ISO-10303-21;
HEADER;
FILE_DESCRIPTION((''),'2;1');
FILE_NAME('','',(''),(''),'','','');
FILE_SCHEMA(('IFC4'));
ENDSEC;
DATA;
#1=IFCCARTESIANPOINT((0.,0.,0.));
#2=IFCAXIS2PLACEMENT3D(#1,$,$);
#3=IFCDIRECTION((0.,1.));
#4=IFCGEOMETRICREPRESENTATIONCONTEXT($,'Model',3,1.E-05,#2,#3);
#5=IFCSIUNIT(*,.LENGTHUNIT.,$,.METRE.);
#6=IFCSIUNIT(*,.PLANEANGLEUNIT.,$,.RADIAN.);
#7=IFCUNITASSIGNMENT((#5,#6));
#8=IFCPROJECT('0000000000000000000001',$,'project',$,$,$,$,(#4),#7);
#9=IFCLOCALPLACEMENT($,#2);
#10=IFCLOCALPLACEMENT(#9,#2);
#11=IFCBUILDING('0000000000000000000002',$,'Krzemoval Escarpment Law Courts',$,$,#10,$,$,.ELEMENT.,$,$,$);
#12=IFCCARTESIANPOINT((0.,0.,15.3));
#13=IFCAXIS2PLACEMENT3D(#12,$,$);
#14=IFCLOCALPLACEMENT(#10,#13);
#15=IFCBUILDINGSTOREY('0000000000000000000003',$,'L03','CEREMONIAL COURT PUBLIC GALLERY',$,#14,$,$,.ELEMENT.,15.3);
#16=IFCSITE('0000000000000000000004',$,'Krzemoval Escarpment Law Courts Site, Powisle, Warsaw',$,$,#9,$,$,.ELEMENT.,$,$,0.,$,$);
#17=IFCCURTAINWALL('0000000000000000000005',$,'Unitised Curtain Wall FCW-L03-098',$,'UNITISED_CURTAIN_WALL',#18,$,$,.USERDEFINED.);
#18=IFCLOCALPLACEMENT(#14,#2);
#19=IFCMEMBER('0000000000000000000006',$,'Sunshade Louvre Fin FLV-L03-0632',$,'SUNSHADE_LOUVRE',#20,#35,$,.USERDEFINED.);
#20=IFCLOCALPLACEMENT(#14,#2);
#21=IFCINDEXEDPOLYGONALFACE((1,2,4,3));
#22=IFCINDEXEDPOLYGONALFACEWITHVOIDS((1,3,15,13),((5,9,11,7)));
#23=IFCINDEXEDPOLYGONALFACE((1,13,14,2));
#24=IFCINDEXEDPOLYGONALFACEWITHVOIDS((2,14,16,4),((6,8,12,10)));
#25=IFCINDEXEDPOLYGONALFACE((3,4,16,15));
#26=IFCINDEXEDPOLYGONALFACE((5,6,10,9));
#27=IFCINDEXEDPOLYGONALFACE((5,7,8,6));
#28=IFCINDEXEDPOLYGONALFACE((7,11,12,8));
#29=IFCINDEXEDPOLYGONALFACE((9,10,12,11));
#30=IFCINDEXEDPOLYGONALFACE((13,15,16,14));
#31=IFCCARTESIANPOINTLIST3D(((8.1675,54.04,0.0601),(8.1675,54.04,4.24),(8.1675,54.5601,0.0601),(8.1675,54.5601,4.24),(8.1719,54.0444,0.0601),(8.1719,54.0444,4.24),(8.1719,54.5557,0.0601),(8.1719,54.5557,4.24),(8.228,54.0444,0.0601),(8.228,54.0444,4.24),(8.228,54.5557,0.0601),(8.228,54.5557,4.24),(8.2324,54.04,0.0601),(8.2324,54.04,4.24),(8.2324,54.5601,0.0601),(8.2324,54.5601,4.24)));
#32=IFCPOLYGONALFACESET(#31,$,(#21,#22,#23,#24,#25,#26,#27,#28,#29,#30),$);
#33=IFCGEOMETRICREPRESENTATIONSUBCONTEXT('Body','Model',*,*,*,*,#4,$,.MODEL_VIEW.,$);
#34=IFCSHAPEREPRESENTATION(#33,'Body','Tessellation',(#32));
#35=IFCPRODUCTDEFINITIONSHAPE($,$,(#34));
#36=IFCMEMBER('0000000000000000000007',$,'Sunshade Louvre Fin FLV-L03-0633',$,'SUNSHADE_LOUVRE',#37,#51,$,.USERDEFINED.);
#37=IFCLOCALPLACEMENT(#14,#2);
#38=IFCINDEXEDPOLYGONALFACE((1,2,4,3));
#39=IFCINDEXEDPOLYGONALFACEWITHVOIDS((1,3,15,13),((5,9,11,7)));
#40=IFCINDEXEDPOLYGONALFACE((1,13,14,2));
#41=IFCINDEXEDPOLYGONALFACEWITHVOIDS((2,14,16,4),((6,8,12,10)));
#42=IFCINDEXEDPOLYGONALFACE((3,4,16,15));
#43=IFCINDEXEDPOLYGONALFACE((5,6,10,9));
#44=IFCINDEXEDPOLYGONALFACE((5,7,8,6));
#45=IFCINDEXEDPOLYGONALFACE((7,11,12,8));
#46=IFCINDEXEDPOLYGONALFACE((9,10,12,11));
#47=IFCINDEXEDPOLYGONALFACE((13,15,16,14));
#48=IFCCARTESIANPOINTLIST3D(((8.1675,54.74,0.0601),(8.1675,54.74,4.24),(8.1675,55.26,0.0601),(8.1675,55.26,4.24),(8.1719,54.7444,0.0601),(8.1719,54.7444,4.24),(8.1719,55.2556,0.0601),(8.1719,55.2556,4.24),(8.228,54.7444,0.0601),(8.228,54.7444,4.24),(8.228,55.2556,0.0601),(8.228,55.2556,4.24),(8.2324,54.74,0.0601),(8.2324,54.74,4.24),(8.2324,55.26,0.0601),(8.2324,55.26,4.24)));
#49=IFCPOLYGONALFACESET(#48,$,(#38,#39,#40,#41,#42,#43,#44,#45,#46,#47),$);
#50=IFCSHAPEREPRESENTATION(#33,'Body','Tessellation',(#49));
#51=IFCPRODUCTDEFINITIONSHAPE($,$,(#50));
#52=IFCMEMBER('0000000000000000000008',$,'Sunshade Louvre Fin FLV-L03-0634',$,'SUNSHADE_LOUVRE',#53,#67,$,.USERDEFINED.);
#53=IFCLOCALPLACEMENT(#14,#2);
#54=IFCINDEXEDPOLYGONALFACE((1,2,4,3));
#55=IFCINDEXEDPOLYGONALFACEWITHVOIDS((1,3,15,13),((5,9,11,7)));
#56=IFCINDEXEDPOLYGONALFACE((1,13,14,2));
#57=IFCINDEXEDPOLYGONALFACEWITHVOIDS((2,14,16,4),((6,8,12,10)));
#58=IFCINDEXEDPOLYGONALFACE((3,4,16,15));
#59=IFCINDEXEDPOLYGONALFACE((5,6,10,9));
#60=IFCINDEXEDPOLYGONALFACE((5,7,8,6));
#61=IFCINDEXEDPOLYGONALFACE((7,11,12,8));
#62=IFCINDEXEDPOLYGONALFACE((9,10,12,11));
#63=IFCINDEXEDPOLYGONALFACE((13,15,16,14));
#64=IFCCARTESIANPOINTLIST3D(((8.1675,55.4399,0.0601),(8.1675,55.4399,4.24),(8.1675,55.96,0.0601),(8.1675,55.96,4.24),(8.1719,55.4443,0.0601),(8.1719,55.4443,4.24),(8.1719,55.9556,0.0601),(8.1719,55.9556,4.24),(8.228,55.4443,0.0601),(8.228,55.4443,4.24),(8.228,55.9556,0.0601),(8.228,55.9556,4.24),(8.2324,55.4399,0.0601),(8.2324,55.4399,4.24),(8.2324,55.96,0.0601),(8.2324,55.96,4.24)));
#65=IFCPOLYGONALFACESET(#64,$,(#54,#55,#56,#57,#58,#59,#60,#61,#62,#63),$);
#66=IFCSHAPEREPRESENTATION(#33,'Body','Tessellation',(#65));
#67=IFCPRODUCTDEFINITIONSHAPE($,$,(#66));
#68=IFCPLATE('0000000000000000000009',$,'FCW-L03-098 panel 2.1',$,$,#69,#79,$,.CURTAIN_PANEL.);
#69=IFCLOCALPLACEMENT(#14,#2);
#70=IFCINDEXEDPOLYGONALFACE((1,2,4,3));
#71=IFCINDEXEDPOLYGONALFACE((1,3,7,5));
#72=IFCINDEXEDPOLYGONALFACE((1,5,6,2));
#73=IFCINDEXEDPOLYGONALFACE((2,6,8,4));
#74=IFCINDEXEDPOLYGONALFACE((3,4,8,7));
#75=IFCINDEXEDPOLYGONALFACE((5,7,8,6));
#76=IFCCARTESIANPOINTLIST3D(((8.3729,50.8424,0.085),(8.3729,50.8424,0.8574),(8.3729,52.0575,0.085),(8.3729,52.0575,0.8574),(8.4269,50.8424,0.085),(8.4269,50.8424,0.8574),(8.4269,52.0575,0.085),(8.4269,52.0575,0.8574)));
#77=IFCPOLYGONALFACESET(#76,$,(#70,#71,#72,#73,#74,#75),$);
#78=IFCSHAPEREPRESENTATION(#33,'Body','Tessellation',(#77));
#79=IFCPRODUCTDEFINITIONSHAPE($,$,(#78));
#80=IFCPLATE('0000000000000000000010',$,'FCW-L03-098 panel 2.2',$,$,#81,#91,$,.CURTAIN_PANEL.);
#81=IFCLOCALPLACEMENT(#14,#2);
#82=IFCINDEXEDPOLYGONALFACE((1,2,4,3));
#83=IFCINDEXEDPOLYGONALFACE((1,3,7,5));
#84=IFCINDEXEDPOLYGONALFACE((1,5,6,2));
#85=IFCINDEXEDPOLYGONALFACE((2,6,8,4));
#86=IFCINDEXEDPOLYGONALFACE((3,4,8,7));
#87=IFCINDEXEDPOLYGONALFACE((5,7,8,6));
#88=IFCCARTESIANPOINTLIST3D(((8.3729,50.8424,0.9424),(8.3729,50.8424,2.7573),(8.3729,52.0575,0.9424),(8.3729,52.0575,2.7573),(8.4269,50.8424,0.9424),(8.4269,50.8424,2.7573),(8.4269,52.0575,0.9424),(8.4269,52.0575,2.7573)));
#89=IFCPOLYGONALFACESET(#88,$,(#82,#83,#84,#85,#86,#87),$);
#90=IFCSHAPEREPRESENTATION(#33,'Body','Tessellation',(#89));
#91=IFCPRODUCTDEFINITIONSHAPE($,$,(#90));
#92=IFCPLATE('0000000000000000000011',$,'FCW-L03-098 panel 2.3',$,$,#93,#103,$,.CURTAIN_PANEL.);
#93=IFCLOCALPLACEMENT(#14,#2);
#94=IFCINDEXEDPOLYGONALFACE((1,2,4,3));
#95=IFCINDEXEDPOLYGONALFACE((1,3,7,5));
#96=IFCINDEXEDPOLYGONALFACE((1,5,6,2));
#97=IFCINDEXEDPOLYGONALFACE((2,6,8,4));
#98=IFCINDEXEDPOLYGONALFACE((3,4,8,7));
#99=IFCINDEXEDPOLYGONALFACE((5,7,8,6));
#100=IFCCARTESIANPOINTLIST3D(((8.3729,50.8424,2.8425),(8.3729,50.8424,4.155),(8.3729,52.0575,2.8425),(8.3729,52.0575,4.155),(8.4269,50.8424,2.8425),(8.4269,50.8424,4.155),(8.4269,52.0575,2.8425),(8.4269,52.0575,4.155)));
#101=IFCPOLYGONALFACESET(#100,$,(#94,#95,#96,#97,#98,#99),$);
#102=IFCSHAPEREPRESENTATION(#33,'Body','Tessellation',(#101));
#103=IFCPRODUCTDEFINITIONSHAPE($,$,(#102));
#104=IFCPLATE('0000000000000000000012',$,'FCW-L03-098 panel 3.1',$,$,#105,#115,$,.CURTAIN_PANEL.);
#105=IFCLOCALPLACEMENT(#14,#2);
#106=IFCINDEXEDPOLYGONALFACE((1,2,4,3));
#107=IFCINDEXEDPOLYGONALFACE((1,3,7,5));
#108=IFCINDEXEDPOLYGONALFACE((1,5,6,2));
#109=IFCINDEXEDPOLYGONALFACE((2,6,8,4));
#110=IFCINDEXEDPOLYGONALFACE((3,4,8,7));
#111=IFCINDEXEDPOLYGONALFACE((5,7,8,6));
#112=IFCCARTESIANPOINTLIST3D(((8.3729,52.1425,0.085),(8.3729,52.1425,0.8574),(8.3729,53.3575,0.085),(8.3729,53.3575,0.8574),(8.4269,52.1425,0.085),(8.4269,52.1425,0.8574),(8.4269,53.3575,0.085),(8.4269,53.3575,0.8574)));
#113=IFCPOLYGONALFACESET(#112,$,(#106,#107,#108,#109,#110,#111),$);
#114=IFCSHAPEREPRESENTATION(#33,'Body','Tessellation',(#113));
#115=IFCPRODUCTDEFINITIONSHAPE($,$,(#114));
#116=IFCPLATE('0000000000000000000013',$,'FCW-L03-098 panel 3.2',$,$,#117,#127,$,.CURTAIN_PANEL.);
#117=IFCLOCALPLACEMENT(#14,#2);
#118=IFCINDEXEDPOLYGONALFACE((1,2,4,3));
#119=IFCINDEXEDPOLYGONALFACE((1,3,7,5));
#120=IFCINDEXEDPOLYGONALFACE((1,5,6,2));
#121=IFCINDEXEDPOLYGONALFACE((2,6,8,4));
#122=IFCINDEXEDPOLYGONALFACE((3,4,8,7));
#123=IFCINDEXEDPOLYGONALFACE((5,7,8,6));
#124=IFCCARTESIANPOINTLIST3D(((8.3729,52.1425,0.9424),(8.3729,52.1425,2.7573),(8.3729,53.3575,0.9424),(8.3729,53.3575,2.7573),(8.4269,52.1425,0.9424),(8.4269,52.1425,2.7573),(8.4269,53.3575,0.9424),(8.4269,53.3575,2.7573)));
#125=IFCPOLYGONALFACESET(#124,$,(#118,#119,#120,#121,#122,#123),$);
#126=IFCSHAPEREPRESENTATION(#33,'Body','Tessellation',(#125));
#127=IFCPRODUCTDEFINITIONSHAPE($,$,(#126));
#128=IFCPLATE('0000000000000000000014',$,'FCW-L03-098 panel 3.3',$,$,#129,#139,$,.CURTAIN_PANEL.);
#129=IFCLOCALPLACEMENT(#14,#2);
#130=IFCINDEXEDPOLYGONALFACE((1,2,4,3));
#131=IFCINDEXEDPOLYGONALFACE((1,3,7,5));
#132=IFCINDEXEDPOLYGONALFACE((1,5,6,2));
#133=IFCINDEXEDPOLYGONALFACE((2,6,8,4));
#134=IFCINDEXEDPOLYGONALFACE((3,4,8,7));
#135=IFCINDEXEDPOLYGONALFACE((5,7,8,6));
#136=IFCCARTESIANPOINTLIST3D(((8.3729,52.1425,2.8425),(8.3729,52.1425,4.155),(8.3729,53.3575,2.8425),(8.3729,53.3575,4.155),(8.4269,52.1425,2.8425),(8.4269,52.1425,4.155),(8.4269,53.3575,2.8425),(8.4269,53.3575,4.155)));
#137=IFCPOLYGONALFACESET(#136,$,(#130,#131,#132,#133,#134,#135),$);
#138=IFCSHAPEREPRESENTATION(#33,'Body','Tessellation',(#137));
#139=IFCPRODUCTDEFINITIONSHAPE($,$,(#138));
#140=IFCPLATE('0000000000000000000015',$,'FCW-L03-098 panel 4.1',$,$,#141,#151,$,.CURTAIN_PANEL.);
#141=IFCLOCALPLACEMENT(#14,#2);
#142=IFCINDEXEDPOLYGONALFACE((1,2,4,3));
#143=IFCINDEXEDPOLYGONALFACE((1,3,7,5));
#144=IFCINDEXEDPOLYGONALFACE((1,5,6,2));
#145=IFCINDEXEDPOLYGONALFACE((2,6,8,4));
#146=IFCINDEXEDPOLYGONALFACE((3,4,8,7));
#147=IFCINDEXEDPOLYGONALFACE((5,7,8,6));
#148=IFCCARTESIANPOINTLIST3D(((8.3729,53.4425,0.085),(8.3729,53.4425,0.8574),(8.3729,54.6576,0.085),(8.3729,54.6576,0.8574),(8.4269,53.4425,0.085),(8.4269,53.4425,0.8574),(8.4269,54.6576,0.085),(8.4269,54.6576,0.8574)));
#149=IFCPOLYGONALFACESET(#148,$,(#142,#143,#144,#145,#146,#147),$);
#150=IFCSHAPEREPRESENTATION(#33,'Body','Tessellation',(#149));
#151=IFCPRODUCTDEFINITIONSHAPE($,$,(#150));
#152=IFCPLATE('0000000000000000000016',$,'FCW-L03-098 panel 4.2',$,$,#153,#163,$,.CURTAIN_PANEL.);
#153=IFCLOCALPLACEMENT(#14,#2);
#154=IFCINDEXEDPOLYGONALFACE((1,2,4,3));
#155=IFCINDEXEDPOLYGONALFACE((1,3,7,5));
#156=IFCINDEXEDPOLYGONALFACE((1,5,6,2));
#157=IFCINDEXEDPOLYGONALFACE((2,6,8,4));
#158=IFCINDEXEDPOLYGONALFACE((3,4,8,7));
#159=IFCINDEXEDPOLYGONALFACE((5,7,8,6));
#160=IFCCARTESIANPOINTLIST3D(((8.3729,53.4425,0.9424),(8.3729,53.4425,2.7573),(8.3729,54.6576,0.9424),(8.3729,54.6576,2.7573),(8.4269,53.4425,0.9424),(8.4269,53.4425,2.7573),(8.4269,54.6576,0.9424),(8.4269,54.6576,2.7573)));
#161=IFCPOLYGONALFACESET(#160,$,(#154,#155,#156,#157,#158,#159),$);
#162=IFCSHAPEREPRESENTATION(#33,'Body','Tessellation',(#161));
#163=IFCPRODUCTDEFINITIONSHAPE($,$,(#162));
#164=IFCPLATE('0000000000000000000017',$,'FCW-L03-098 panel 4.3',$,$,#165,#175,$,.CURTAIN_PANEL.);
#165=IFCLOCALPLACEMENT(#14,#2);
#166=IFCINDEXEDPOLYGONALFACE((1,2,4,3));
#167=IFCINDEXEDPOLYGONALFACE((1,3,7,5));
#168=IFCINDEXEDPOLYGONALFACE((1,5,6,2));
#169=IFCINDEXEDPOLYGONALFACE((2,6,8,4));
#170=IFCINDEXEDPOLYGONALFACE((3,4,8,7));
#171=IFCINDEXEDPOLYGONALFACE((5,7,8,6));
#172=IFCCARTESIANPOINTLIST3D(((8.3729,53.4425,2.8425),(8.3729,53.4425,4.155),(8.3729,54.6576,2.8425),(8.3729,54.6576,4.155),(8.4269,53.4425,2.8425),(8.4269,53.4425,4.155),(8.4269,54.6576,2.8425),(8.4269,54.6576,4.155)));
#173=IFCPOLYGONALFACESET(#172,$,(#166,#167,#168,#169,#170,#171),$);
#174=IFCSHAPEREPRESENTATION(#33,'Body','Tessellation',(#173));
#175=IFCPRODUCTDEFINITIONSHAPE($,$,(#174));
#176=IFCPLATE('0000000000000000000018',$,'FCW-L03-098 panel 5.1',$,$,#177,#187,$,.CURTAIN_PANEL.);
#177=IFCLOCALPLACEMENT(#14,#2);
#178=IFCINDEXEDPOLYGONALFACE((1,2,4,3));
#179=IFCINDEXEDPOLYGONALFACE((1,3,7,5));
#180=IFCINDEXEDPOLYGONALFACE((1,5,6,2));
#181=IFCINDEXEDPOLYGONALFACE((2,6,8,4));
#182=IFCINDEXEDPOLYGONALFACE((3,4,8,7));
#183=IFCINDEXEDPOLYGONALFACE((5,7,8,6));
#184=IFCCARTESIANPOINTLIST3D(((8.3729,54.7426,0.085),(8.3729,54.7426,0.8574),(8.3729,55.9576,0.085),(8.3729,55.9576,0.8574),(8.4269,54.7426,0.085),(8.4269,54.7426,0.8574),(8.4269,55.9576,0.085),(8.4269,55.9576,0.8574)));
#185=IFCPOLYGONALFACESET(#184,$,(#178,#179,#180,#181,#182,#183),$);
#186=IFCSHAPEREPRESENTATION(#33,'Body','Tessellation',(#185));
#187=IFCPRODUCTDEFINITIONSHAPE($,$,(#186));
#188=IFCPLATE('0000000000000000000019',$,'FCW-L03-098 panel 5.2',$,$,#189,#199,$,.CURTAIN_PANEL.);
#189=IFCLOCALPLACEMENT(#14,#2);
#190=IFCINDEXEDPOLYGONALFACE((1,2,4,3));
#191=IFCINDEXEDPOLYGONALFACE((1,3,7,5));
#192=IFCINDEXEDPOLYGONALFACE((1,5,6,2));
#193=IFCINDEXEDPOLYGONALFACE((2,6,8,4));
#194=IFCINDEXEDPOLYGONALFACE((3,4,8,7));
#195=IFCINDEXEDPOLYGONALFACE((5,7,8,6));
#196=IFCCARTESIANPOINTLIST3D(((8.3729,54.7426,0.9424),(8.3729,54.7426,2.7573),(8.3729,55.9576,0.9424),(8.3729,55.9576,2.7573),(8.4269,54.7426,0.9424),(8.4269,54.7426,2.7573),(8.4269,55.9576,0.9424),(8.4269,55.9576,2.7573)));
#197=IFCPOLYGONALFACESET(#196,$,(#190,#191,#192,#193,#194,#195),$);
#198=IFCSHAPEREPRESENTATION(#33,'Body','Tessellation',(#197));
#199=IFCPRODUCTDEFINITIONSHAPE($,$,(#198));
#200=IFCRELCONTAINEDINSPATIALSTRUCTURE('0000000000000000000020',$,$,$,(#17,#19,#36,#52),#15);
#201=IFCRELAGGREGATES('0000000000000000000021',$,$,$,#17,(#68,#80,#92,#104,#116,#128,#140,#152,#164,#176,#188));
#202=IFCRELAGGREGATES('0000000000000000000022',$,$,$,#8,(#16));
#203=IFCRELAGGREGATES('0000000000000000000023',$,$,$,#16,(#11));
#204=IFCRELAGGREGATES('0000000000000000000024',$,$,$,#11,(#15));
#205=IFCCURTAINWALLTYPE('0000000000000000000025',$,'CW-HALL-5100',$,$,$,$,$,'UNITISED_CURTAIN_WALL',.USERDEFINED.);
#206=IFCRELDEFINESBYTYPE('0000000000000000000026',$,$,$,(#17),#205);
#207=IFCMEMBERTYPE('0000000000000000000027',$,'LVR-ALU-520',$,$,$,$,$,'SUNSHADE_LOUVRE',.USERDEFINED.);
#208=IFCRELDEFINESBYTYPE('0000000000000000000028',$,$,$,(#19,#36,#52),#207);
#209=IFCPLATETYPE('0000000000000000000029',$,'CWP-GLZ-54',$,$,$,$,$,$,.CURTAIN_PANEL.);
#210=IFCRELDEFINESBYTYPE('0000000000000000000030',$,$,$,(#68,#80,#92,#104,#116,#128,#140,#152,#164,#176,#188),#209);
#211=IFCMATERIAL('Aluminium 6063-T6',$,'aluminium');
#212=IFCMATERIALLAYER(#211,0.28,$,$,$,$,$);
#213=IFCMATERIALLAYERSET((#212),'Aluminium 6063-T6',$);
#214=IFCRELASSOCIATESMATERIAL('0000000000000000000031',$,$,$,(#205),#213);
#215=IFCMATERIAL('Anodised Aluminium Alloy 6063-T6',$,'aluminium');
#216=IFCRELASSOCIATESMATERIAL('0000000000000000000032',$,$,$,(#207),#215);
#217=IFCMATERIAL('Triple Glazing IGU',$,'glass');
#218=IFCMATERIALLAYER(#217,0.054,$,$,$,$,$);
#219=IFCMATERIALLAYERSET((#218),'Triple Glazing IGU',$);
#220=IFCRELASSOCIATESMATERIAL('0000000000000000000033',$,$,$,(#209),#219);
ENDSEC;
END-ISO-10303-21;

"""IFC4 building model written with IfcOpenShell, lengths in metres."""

from ifc_helpers import new_model, si_unit, direction, frame, origin, origin_2d, place, context, subcontext, project, spatial, rectangle, hollow_rectangle, extrude, material, layer, layer_set, material_profile, profile_set, type_object, element, aggregate, save


model = new_model("IFC4")

# Units and contexts
model_context = context("Model", 3, precision=1e-05, world=origin(), true_north=direction((0.0, 1.0)))
body_context = subcontext(model_context, "Body", "Model", "MODEL_VIEW")
ifc_project = project(units=[si_unit("LENGTHUNIT", "METRE"), si_unit("PLANEANGLEUNIT", "RADIAN")], contexts=[model_context])

# Site, building, storey
site_placement = place(None, origin())
site = spatial("IfcSite", under=ifc_project, at=site_placement, Name="Krzemoval Escarpment Law Courts Site, Powisle, Warsaw", CompositionType="ELEMENT", RefElevation=0.0)
building_placement = place(site_placement, origin())
building = spatial("IfcBuilding", under=site, at=building_placement, Name="Krzemoval Escarpment Law Courts", CompositionType="ELEMENT")
storey_placement = place(building_placement, frame((0.0, 0.0, 15.3)))
storey = spatial("IfcBuildingStorey", under=building, at=storey_placement, Name="L03", Description="CEREMONIAL COURT PUBLIC GALLERY", CompositionType="ELEMENT", Elevation=15.3)

# Curtain wall
ifc_material_1 = material(Name="Aluminium 6063-T6", Category="aluminium")
ifc_layer_1 = layer(ifc_material_1, 0.28)
ifc_layer_set_1 = layer_set([ifc_layer_1], Name="Aluminium 6063-T6")
curtain_wall_type = type_object("IfcCurtainWallType", Name="CW-HALL-5100", ElementType="UNITISED_CURTAIN_WALL", PredefinedType="USERDEFINED", material=ifc_layer_set_1)
curtain_wall_placement = place(storey_placement, origin())
curtain_wall = element("IfcCurtainWall", 1, at=curtain_wall_placement, inside=storey, type_object=curtain_wall_type, Name="Unitised Curtain Wall FCW-L03-098", ObjectType="UNITISED_CURTAIN_WALL", PredefinedType="USERDEFINED")

# Members
ifc_material_2 = material(Name="Anodised Aluminium Alloy 6063-T6", Category="aluminium")
ifc_material_profile_1 = material_profile(ifc_material_2, hollow_rectangle(XDim=0.0649, YDim=0.52, WallThickness=0.0044, at=origin_2d()), Name="ALU LVR 65x520")
ifc_profile_set_1 = profile_set([ifc_material_profile_1], Name="Anodised Aluminium Alloy 6063-T6")
member_type_1 = type_object("IfcMemberType", Name="LVR-ALU-520", ElementType="SUNSHADE_LOUVRE", PredefinedType="USERDEFINED", material=ifc_profile_set_1)
for number, where, z_axis, x_axis, name in (
    (2, (8.2, 54.3, 0.0601), (0.0, 0.0, 1.0), (1.0, 0.0, 0.0), "Sunshade Louvre Fin FLV-L03-0632"),
    (3, (8.2, 55.0, 0.0601), (0.0, 0.0, 1.0), (1.0, 0.0, 0.0), "Sunshade Louvre Fin FLV-L03-0633"),
    (4, (8.2, 55.7, 0.0601), (0.0, 0.0, 1.0), (1.0, 0.0, 0.0), "Sunshade Louvre Fin FLV-L03-0634"),
):
    element("IfcMember", number, at=place(storey_placement, frame(where, z_axis=z_axis, x_axis=x_axis)), inside=storey, type_object=member_type_1, Name=name, ObjectType="SUNSHADE_LOUVRE", PredefinedType="USERDEFINED", context=body_context, shape_type="SweptSolid", body=[
        extrude(hollow_rectangle(XDim=0.0649, YDim=0.52, WallThickness=0.0044, at=origin_2d()), origin(), (0.0, 0.0, 1.0), 4.1799),
    ])

# Plates
ifc_material_3 = material(Name="Triple Glazing IGU", Category="glass")
ifc_layer_2 = layer(ifc_material_3, 0.054)
ifc_layer_set_2 = layer_set([ifc_layer_2], Name="Triple Glazing IGU")
plate_type = type_object("IfcPlateType", Name="CWP-GLZ-54", PredefinedType="CURTAIN_PANEL", material=ifc_layer_set_2)
plate_1_placement = place(storey_placement, frame((8.3999, 51.45, 0.085), z_axis=(0.0, 0.0, 1.0), x_axis=(0.0, 1.0, 0.0)))
plate_1 = element("IfcPlate", 5, at=plate_1_placement, type_object=plate_type, Name="FCW-L03-098 panel 2.1", PredefinedType="CURTAIN_PANEL", context=body_context, shape_type="SweptSolid", body=[
    extrude(rectangle(XDim=1.2151, YDim=0.054, at=origin_2d()), origin(), (0.0, 0.0, 1.0), 0.7725),
])
plate_2_placement = place(storey_placement, frame((8.3999, 51.45, 0.9424), z_axis=(0.0, 0.0, 1.0), x_axis=(0.0, 1.0, 0.0)))
plate_2 = element("IfcPlate", 6, at=plate_2_placement, type_object=plate_type, Name="FCW-L03-098 panel 2.2", PredefinedType="CURTAIN_PANEL", context=body_context, shape_type="SweptSolid", body=[
    extrude(rectangle(XDim=1.2151, YDim=0.054, at=origin_2d()), origin(), (0.0, 0.0, 1.0), 1.8149),
])
plate_3_placement = place(storey_placement, frame((8.3999, 51.45, 2.8425), z_axis=(0.0, 0.0, 1.0), x_axis=(0.0, 1.0, 0.0)))
plate_3 = element("IfcPlate", 7, at=plate_3_placement, type_object=plate_type, Name="FCW-L03-098 panel 2.3", PredefinedType="CURTAIN_PANEL", context=body_context, shape_type="SweptSolid", body=[
    extrude(rectangle(XDim=1.2151, YDim=0.054, at=origin_2d()), origin(), (0.0, 0.0, 1.0), 1.3125),
])
plate_4_placement = place(storey_placement, frame((8.3999, 52.75, 0.085), z_axis=(0.0, 0.0, 1.0), x_axis=(0.0, 1.0, 0.0)))
plate_4 = element("IfcPlate", 8, at=plate_4_placement, type_object=plate_type, Name="FCW-L03-098 panel 3.1", PredefinedType="CURTAIN_PANEL", context=body_context, shape_type="SweptSolid", body=[
    extrude(rectangle(XDim=1.2151, YDim=0.054, at=origin_2d()), origin(), (0.0, 0.0, 1.0), 0.7725),
])
plate_5_placement = place(storey_placement, frame((8.3999, 52.75, 0.9424), z_axis=(0.0, 0.0, 1.0), x_axis=(0.0, 1.0, 0.0)))
plate_5 = element("IfcPlate", 9, at=plate_5_placement, type_object=plate_type, Name="FCW-L03-098 panel 3.2", PredefinedType="CURTAIN_PANEL", context=body_context, shape_type="SweptSolid", body=[
    extrude(rectangle(XDim=1.2151, YDim=0.054, at=origin_2d()), origin(), (0.0, 0.0, 1.0), 1.8149),
])
plate_6_placement = place(storey_placement, frame((8.3999, 52.75, 2.8425), z_axis=(0.0, 0.0, 1.0), x_axis=(0.0, 1.0, 0.0)))
plate_6 = element("IfcPlate", 10, at=plate_6_placement, type_object=plate_type, Name="FCW-L03-098 panel 3.3", PredefinedType="CURTAIN_PANEL", context=body_context, shape_type="SweptSolid", body=[
    extrude(rectangle(XDim=1.2151, YDim=0.054, at=origin_2d()), origin(), (0.0, 0.0, 1.0), 1.3125),
])
plate_7_placement = place(storey_placement, frame((8.3999, 54.05, 0.085), z_axis=(0.0, 0.0, 1.0), x_axis=(0.0, 1.0, 0.0)))
plate_7 = element("IfcPlate", 11, at=plate_7_placement, type_object=plate_type, Name="FCW-L03-098 panel 4.1", PredefinedType="CURTAIN_PANEL", context=body_context, shape_type="SweptSolid", body=[
    extrude(rectangle(XDim=1.2151, YDim=0.054, at=origin_2d()), origin(), (0.0, 0.0, 1.0), 0.7725),
])
plate_8_placement = place(storey_placement, frame((8.3999, 54.05, 0.9424), z_axis=(0.0, 0.0, 1.0), x_axis=(0.0, 1.0, 0.0)))
plate_8 = element("IfcPlate", 12, at=plate_8_placement, type_object=plate_type, Name="FCW-L03-098 panel 4.2", PredefinedType="CURTAIN_PANEL", context=body_context, shape_type="SweptSolid", body=[
    extrude(rectangle(XDim=1.2151, YDim=0.054, at=origin_2d()), origin(), (0.0, 0.0, 1.0), 1.8149),
])
plate_9_placement = place(storey_placement, frame((8.3999, 54.05, 2.8425), z_axis=(0.0, 0.0, 1.0), x_axis=(0.0, 1.0, 0.0)))
plate_9 = element("IfcPlate", 13, at=plate_9_placement, type_object=plate_type, Name="FCW-L03-098 panel 4.3", PredefinedType="CURTAIN_PANEL", context=body_context, shape_type="SweptSolid", body=[
    extrude(rectangle(XDim=1.2151, YDim=0.054, at=origin_2d()), origin(), (0.0, 0.0, 1.0), 1.3125),
])
plate_10_placement = place(storey_placement, frame((8.3999, 55.3501, 0.085), z_axis=(0.0, 0.0, 1.0), x_axis=(0.0, 1.0, 0.0)))
plate_10 = element("IfcPlate", 14, at=plate_10_placement, type_object=plate_type, Name="FCW-L03-098 panel 5.1", PredefinedType="CURTAIN_PANEL", context=body_context, shape_type="SweptSolid", body=[
    extrude(rectangle(XDim=1.2151, YDim=0.054, at=origin_2d()), origin(), (0.0, 0.0, 1.0), 0.7725),
])
plate_11_placement = place(storey_placement, frame((8.3999, 55.3501, 0.9424), z_axis=(0.0, 0.0, 1.0), x_axis=(0.0, 1.0, 0.0)))
plate_11 = element("IfcPlate", 15, at=plate_11_placement, type_object=plate_type, Name="FCW-L03-098 panel 5.2", PredefinedType="CURTAIN_PANEL", context=body_context, shape_type="SweptSolid", body=[
    extrude(rectangle(XDim=1.2151, YDim=0.054, at=origin_2d()), origin(), (0.0, 0.0, 1.0), 1.8149),
])
aggregate(curtain_wall, [plate_1, plate_2, plate_3, plate_4, plate_5, plate_6, plate_7, plate_8, plate_9, plate_10, plate_11])

save(model, "model.ifc")
